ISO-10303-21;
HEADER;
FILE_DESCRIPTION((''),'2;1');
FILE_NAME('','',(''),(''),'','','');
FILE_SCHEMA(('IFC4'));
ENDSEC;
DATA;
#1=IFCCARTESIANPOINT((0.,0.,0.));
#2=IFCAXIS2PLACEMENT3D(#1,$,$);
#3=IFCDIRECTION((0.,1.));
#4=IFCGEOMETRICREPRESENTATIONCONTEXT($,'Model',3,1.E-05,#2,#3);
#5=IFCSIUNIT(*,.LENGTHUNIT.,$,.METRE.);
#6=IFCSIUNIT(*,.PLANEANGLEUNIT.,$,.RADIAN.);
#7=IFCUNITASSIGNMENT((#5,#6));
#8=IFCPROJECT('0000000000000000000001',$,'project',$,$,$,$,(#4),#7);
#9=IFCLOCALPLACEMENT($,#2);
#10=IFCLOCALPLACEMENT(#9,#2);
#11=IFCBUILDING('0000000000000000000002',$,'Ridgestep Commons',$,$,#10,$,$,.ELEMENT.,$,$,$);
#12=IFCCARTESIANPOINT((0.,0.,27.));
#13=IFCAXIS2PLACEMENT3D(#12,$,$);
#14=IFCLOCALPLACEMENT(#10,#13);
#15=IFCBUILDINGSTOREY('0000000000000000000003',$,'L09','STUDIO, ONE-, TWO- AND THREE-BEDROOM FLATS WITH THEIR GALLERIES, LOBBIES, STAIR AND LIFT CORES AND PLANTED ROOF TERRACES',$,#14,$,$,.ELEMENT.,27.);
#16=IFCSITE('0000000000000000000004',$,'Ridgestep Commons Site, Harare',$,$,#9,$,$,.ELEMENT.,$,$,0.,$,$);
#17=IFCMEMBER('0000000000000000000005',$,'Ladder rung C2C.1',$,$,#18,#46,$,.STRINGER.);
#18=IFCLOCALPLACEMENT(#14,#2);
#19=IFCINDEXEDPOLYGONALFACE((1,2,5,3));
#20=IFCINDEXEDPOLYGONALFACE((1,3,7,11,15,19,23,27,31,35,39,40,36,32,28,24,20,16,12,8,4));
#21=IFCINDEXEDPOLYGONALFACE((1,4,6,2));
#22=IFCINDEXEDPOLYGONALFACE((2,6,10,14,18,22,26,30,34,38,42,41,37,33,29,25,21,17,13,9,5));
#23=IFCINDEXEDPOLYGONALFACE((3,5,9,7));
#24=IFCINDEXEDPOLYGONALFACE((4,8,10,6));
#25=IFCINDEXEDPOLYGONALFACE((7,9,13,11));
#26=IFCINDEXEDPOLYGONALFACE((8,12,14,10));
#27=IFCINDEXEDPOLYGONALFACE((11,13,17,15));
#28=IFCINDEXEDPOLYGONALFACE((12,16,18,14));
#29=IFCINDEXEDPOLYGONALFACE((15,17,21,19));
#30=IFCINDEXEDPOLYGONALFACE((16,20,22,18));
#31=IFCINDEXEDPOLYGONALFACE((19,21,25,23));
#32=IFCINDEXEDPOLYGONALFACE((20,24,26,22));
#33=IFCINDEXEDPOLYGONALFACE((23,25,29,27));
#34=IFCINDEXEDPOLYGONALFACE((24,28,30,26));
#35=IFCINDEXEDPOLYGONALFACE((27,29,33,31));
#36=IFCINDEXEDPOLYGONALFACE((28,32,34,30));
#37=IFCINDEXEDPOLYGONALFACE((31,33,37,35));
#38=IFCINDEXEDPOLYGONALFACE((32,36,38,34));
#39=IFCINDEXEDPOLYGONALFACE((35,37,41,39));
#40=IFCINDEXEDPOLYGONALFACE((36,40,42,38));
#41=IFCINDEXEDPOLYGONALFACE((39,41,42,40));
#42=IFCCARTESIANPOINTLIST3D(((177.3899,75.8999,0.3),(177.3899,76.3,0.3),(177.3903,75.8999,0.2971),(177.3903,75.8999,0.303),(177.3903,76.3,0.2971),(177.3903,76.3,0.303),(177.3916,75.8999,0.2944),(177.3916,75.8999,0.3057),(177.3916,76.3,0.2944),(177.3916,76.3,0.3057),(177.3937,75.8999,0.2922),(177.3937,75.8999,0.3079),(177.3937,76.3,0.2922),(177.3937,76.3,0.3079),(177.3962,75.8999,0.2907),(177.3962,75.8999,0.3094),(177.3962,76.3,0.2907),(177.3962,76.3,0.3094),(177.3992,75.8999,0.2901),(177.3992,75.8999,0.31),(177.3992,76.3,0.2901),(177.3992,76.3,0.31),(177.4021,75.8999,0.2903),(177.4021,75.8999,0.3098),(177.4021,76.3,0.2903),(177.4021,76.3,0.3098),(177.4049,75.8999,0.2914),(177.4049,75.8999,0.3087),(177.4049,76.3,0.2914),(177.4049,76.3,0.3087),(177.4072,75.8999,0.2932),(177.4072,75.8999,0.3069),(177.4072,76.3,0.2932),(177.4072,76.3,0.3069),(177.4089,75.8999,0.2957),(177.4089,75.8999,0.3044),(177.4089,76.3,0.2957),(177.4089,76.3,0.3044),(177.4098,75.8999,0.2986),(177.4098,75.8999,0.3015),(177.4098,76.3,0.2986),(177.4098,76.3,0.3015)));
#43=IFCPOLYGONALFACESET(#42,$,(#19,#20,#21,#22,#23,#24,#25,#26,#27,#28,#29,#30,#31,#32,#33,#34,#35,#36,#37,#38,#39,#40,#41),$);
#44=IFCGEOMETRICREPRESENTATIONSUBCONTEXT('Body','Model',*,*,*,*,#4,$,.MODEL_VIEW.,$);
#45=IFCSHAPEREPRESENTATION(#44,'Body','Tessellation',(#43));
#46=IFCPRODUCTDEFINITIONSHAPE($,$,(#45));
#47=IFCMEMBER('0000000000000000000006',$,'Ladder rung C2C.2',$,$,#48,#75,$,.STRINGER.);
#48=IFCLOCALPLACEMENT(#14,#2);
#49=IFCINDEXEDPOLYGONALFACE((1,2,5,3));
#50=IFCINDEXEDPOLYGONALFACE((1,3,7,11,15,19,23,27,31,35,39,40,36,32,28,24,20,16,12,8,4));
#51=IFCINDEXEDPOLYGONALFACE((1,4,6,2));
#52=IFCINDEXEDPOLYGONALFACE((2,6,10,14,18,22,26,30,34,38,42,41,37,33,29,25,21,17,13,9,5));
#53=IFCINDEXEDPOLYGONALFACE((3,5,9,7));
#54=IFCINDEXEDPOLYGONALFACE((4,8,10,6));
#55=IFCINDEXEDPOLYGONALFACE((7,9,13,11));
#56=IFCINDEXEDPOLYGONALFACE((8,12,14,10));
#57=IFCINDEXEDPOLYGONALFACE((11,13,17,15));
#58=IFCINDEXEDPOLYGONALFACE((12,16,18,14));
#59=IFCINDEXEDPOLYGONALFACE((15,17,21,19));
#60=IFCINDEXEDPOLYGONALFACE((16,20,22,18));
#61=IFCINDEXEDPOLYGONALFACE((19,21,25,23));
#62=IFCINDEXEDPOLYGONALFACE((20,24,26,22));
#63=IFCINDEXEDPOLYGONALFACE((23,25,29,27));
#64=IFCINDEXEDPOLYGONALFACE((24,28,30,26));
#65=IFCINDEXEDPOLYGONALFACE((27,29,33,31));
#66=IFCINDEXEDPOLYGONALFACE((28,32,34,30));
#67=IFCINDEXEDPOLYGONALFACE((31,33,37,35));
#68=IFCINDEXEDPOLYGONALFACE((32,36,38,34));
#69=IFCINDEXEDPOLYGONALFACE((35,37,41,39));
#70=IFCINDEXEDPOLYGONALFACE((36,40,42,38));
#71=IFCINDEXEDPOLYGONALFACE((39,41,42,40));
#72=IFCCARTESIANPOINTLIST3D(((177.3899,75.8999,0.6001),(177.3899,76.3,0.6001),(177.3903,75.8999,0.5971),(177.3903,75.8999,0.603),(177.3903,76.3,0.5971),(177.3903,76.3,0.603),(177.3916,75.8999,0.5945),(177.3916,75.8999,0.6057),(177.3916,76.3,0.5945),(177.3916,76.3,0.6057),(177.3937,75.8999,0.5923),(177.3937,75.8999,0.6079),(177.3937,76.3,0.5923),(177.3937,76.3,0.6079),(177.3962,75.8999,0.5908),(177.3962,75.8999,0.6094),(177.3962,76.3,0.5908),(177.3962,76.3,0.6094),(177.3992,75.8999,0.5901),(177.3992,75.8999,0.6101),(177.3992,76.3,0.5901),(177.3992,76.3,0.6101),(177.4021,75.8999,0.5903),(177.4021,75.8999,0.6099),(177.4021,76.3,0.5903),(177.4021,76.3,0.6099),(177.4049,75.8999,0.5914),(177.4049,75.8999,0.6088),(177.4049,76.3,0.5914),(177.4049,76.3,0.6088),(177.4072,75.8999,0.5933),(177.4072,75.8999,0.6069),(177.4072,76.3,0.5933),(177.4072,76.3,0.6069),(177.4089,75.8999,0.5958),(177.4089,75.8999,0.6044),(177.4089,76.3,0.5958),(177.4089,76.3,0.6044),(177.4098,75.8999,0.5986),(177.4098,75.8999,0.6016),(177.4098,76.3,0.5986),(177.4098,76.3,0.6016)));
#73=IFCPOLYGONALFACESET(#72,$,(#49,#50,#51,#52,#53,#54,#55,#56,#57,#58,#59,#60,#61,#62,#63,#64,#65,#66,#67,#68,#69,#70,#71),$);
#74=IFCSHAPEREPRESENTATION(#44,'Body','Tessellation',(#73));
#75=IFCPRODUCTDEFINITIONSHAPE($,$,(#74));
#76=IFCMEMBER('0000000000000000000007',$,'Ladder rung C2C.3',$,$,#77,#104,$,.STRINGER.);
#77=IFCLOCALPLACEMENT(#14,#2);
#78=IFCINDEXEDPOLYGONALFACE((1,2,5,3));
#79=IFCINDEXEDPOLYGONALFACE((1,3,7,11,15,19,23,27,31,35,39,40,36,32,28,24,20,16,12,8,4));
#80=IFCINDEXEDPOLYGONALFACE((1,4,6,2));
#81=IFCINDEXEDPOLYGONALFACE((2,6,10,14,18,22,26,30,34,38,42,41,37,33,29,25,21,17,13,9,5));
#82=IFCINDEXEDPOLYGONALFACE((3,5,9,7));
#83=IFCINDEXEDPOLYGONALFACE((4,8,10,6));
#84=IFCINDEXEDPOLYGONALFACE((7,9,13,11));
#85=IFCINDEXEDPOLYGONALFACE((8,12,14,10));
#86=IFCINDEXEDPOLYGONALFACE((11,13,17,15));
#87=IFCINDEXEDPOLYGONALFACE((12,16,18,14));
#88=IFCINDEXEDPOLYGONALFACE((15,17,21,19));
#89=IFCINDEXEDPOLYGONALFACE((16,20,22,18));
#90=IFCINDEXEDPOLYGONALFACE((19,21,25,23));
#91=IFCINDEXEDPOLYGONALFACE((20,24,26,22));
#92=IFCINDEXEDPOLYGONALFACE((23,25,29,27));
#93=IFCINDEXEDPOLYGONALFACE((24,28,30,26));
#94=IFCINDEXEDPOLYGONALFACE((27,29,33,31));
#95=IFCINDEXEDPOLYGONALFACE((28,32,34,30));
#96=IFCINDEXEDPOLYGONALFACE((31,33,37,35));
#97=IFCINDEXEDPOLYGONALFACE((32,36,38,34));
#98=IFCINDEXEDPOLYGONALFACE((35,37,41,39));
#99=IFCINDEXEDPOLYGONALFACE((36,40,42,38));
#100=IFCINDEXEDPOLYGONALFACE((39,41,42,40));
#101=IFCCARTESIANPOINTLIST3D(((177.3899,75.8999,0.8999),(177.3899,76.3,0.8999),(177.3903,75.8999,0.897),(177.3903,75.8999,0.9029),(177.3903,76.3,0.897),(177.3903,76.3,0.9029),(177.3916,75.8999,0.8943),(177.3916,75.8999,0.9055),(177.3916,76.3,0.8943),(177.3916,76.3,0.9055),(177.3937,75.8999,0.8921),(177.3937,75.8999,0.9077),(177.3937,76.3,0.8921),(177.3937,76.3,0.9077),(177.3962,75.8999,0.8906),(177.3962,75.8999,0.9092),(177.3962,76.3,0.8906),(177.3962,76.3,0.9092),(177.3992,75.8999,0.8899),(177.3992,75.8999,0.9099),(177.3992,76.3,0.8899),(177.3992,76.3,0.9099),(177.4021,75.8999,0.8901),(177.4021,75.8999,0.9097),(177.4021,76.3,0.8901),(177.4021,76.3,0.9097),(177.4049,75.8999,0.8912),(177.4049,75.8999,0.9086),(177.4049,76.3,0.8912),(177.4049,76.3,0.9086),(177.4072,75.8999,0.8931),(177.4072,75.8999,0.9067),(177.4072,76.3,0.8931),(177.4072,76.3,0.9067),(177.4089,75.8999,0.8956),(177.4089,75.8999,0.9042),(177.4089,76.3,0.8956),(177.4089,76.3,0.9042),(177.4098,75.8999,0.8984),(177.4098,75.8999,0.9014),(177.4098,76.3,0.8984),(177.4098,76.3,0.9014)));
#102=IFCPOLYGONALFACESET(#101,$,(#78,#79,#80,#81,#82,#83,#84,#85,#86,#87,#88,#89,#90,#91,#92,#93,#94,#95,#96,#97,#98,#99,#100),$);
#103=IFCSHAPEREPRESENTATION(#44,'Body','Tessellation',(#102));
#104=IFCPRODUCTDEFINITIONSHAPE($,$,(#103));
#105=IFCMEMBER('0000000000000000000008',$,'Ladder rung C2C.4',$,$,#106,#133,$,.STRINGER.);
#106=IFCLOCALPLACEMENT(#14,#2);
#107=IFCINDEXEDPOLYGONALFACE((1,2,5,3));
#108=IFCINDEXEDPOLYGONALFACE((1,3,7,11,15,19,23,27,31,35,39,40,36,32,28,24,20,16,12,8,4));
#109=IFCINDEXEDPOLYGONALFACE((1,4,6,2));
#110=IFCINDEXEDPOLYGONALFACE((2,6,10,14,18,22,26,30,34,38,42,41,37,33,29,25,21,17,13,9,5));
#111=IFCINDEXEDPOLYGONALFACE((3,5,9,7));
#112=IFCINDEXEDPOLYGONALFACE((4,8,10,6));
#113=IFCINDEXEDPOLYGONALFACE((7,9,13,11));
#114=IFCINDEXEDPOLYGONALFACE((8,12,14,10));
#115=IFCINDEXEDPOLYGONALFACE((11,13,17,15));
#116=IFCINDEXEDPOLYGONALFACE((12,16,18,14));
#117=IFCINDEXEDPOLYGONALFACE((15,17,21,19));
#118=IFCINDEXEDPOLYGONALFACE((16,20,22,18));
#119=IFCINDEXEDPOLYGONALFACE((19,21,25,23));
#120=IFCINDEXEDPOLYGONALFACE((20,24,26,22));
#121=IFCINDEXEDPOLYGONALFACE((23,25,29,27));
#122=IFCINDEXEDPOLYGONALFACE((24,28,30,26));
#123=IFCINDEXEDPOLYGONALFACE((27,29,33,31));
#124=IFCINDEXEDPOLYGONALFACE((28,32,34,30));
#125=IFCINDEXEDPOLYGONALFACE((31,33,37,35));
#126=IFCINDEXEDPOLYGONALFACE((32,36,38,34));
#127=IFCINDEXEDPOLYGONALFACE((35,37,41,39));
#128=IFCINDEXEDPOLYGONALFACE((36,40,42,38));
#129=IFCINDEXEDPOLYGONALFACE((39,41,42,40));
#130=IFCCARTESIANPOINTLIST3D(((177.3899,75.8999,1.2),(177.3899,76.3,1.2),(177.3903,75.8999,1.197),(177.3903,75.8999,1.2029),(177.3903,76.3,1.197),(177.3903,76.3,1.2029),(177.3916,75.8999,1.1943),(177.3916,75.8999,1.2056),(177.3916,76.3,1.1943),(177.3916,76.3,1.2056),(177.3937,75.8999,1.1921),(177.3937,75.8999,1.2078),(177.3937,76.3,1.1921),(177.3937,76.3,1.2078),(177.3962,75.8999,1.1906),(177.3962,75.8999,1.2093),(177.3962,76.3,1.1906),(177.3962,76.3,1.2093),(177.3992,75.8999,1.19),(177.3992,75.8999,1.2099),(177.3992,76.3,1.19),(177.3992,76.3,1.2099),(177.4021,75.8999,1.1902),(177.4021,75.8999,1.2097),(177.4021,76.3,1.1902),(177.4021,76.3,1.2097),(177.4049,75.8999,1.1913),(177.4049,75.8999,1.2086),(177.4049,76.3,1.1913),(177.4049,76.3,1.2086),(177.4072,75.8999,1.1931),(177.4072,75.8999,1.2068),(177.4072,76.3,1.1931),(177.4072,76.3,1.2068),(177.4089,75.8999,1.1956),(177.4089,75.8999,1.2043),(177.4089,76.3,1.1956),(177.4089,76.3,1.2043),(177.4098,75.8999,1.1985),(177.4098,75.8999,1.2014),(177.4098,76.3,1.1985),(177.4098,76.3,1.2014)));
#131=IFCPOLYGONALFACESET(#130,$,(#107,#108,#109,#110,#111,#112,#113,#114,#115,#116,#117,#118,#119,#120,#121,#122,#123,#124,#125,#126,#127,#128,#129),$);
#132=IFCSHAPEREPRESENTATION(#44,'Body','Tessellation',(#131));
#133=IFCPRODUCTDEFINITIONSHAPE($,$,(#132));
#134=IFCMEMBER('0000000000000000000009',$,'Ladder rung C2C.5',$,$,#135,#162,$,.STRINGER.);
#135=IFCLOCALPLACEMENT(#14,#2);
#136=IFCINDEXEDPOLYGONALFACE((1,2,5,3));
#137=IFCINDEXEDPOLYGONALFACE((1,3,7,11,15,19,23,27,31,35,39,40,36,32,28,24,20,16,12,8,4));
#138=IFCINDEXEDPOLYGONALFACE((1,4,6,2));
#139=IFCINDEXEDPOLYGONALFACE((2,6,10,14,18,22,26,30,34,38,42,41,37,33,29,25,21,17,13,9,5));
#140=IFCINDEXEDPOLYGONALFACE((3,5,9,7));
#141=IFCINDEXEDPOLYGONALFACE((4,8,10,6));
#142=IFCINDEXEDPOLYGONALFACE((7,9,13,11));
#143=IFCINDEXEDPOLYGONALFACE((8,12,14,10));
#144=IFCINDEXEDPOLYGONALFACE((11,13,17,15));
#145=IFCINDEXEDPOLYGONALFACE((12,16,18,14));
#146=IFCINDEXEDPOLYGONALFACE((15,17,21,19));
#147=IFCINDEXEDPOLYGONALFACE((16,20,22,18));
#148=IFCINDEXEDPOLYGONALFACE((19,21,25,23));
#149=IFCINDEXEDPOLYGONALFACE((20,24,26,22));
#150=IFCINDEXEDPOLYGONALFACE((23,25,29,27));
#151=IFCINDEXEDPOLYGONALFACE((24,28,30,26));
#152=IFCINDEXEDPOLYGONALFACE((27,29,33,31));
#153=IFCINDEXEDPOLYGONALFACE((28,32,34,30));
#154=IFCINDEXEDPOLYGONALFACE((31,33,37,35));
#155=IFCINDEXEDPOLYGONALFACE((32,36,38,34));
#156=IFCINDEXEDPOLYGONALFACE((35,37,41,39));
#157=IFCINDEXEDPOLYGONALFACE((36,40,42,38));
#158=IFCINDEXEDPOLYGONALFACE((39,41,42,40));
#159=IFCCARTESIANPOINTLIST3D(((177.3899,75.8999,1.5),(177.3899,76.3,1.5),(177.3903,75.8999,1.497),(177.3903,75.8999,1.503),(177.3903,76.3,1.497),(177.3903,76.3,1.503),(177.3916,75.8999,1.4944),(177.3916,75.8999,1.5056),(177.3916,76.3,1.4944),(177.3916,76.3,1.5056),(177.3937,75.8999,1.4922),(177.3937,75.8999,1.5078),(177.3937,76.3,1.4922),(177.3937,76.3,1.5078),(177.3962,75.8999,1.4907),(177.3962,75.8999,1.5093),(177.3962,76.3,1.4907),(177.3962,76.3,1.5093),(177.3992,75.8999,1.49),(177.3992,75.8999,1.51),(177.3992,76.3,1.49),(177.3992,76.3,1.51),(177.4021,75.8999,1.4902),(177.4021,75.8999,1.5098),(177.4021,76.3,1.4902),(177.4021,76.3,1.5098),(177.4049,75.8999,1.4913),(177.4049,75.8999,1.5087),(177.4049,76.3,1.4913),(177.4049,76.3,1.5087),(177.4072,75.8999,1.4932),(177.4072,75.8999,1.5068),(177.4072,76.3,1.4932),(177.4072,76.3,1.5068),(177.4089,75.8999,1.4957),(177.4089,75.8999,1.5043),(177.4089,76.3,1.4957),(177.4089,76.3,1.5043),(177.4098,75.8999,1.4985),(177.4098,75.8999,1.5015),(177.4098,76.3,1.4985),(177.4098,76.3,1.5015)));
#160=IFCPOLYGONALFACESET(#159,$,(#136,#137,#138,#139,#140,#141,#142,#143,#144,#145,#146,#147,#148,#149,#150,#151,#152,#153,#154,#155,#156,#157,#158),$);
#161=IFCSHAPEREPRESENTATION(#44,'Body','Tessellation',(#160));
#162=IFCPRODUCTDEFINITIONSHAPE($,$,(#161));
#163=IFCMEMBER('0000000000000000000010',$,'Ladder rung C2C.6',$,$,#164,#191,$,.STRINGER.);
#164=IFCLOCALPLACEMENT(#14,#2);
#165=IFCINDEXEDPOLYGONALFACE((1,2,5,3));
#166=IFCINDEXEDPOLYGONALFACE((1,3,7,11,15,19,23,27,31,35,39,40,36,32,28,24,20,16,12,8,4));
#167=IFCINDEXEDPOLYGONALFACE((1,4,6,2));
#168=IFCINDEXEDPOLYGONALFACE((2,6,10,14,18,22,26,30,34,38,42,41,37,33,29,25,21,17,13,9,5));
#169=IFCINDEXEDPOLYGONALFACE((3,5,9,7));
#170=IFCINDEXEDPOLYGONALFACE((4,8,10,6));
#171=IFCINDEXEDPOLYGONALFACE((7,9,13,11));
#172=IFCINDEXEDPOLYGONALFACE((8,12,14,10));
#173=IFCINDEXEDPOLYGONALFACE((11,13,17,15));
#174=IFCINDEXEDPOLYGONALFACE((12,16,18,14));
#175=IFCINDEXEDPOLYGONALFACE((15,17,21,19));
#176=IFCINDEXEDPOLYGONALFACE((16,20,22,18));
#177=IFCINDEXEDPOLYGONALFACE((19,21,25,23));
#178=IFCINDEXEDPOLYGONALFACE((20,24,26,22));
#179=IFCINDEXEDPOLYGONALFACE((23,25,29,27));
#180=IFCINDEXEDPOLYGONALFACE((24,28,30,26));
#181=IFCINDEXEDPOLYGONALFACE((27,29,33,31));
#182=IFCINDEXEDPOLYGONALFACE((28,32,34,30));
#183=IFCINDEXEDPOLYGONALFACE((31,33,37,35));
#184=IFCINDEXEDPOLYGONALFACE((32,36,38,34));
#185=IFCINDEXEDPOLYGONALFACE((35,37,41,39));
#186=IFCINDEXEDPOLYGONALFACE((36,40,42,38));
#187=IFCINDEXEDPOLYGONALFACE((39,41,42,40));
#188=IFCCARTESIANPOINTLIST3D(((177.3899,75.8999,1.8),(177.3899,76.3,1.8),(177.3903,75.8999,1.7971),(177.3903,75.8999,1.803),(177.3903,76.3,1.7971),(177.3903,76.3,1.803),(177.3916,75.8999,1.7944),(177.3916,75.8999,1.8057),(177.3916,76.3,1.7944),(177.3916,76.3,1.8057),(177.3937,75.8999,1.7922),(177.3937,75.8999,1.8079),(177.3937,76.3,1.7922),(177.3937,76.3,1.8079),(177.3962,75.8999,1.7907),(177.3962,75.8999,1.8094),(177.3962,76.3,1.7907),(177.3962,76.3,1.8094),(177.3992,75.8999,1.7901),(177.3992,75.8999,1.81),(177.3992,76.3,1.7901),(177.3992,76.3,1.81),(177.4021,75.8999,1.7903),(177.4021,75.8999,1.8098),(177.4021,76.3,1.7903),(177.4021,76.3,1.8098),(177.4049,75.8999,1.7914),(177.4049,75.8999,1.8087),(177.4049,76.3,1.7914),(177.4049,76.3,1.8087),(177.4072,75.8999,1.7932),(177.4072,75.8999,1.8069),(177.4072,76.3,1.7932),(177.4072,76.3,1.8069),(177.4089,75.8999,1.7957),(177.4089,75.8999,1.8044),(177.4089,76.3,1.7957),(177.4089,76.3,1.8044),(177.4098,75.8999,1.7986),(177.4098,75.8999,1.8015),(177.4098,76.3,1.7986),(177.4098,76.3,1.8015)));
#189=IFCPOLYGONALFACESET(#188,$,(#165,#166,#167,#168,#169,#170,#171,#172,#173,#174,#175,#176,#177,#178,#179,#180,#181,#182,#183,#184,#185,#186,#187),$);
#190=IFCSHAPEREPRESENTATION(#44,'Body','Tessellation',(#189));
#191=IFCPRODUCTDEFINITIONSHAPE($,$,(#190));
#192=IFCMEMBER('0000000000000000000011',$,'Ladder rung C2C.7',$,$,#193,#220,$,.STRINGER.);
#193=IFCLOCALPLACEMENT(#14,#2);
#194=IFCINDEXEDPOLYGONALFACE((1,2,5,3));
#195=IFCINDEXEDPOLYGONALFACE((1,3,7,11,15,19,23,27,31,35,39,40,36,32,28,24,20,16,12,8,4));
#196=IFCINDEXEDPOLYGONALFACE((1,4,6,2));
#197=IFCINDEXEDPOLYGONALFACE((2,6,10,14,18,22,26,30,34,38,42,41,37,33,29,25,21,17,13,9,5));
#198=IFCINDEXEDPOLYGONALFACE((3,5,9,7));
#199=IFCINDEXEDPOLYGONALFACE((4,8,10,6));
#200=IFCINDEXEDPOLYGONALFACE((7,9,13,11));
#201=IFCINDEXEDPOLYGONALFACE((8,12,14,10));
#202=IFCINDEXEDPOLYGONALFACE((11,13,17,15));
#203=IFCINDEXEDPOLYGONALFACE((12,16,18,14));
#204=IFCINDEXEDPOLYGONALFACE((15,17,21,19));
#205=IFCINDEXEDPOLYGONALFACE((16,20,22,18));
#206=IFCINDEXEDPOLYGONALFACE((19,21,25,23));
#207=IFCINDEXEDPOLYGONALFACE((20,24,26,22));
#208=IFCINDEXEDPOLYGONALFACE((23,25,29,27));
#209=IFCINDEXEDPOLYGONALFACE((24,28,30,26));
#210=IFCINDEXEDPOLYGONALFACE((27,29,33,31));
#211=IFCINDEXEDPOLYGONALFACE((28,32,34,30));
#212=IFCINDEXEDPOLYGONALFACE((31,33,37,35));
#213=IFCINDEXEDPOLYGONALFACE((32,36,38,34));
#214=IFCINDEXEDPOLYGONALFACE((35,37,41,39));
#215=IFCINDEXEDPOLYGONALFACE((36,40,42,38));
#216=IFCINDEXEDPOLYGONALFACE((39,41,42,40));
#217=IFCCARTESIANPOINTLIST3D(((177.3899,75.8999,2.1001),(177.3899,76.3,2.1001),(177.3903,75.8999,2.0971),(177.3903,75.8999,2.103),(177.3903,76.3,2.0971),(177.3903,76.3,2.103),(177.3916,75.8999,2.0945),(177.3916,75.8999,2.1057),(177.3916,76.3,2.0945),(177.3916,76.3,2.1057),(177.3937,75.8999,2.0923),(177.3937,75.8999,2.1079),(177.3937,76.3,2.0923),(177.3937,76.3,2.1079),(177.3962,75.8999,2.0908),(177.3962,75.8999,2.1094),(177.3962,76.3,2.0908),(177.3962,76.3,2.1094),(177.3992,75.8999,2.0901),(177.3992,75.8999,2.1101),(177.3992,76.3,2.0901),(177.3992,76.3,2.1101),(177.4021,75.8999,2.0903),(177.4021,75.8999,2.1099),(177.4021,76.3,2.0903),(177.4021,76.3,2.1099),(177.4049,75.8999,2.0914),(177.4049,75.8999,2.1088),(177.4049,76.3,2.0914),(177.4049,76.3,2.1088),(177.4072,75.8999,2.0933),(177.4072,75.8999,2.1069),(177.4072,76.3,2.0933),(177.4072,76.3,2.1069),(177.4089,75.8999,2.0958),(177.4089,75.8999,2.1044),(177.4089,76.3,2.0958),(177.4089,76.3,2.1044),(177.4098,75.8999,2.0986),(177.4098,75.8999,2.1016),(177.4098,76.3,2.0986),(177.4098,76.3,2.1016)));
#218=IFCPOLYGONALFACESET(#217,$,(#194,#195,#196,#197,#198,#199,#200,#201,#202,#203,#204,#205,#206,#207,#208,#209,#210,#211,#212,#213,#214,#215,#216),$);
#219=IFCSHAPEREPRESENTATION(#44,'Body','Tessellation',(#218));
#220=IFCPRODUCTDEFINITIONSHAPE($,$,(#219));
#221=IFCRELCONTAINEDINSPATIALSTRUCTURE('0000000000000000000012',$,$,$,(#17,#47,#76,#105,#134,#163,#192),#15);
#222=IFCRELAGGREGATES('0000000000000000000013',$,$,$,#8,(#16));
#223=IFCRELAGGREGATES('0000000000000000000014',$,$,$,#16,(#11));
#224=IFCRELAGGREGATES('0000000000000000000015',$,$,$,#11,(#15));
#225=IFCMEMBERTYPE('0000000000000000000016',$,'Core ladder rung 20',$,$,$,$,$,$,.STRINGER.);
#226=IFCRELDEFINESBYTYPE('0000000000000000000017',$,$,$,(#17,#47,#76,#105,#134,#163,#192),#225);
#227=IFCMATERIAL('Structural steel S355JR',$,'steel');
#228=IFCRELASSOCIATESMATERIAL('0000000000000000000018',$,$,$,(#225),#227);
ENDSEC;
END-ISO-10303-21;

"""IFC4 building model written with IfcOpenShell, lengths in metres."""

from ifc_helpers import new_model, si_unit, direction, frame, origin, origin_2d, place, context, subcontext, project, spatial, circle, extrude, material, material_profile, profile_set, type_object, element, save


model = new_model("IFC4")

# Units and contexts
model_context = context("Model", 3, precision=1e-05, world=origin(), true_north=direction((0.0, 1.0)))
body_context = subcontext(model_context, "Body", "Model", "MODEL_VIEW")
ifc_project = project(units=[si_unit("LENGTHUNIT", "METRE"), si_unit("PLANEANGLEUNIT", "RADIAN")], contexts=[model_context])

# Site, building, storey
site_placement = place(None, origin())
site = spatial("IfcSite", under=ifc_project, at=site_placement, Name="Ridgestep Commons Site, Harare", CompositionType="ELEMENT", RefElevation=0.0)
building_placement = place(site_placement, origin())
building = spatial("IfcBuilding", under=site, at=building_placement, Name="Ridgestep Commons", CompositionType="ELEMENT")
storey_placement = place(building_placement, frame((0.0, 0.0, 27.0)))
storey = spatial("IfcBuildingStorey", under=building, at=storey_placement, Name="L09", Description="STUDIO, ONE-, TWO- AND THREE-BEDROOM FLATS WITH THEIR GALLERIES, LOBBIES, STAIR AND LIFT CORES AND PLANTED ROOF TERRACES", CompositionType="ELEMENT", Elevation=27.0)

# Members
ifc_material_1 = material(Name="Structural steel S355JR", Category="steel")
ifc_material_profile_1 = material_profile(ifc_material_1, circle(Radius=0.01, at=origin_2d()), Name="Round bar 20")
ifc_profile_set_1 = profile_set([ifc_material_profile_1], Name="Structural steel S355JR")
member_type_1 = type_object("IfcMemberType", Name="Core ladder rung 20", PredefinedType="STRINGER", material=ifc_profile_set_1)
for number, where, z_axis, x_axis, name in (
    (1, (177.3999, 75.8999, 0.3), (0.0, 1.0, 0.0), (-1.0, 0.0, 0.0), "Ladder rung C2C.1"),
    (2, (177.3999, 75.8999, 0.6001), (0.0, 1.0, 0.0), (-1.0, 0.0, 0.0), "Ladder rung C2C.2"),
    (3, (177.3999, 75.8999, 0.8999), (0.0, 1.0, 0.0), (-1.0, 0.0, 0.0), "Ladder rung C2C.3"),
    (4, (177.3999, 75.8999, 1.2), (0.0, 1.0, 0.0), (-1.0, 0.0, 0.0), "Ladder rung C2C.4"),
    (5, (177.3999, 75.8999, 1.5), (0.0, 1.0, 0.0), (-1.0, 0.0, 0.0), "Ladder rung C2C.5"),
    (6, (177.3999, 75.8999, 1.8), (0.0, 1.0, 0.0), (-1.0, 0.0, 0.0), "Ladder rung C2C.6"),
    (7, (177.3999, 75.8999, 2.1001), (0.0, 1.0, 0.0), (-1.0, 0.0, 0.0), "Ladder rung C2C.7"),
):
    element("IfcMember", number, at=place(storey_placement, frame(where, z_axis=z_axis, x_axis=x_axis)), inside=storey, type_object=member_type_1, Name=name, PredefinedType="STRINGER", context=body_context, shape_type="SweptSolid", body=[
        extrude(circle(Radius=0.01, at=origin_2d()), origin(), (0.0, 0.0, 1.0), 0.4001),
    ])

save(model, "model.ifc")
